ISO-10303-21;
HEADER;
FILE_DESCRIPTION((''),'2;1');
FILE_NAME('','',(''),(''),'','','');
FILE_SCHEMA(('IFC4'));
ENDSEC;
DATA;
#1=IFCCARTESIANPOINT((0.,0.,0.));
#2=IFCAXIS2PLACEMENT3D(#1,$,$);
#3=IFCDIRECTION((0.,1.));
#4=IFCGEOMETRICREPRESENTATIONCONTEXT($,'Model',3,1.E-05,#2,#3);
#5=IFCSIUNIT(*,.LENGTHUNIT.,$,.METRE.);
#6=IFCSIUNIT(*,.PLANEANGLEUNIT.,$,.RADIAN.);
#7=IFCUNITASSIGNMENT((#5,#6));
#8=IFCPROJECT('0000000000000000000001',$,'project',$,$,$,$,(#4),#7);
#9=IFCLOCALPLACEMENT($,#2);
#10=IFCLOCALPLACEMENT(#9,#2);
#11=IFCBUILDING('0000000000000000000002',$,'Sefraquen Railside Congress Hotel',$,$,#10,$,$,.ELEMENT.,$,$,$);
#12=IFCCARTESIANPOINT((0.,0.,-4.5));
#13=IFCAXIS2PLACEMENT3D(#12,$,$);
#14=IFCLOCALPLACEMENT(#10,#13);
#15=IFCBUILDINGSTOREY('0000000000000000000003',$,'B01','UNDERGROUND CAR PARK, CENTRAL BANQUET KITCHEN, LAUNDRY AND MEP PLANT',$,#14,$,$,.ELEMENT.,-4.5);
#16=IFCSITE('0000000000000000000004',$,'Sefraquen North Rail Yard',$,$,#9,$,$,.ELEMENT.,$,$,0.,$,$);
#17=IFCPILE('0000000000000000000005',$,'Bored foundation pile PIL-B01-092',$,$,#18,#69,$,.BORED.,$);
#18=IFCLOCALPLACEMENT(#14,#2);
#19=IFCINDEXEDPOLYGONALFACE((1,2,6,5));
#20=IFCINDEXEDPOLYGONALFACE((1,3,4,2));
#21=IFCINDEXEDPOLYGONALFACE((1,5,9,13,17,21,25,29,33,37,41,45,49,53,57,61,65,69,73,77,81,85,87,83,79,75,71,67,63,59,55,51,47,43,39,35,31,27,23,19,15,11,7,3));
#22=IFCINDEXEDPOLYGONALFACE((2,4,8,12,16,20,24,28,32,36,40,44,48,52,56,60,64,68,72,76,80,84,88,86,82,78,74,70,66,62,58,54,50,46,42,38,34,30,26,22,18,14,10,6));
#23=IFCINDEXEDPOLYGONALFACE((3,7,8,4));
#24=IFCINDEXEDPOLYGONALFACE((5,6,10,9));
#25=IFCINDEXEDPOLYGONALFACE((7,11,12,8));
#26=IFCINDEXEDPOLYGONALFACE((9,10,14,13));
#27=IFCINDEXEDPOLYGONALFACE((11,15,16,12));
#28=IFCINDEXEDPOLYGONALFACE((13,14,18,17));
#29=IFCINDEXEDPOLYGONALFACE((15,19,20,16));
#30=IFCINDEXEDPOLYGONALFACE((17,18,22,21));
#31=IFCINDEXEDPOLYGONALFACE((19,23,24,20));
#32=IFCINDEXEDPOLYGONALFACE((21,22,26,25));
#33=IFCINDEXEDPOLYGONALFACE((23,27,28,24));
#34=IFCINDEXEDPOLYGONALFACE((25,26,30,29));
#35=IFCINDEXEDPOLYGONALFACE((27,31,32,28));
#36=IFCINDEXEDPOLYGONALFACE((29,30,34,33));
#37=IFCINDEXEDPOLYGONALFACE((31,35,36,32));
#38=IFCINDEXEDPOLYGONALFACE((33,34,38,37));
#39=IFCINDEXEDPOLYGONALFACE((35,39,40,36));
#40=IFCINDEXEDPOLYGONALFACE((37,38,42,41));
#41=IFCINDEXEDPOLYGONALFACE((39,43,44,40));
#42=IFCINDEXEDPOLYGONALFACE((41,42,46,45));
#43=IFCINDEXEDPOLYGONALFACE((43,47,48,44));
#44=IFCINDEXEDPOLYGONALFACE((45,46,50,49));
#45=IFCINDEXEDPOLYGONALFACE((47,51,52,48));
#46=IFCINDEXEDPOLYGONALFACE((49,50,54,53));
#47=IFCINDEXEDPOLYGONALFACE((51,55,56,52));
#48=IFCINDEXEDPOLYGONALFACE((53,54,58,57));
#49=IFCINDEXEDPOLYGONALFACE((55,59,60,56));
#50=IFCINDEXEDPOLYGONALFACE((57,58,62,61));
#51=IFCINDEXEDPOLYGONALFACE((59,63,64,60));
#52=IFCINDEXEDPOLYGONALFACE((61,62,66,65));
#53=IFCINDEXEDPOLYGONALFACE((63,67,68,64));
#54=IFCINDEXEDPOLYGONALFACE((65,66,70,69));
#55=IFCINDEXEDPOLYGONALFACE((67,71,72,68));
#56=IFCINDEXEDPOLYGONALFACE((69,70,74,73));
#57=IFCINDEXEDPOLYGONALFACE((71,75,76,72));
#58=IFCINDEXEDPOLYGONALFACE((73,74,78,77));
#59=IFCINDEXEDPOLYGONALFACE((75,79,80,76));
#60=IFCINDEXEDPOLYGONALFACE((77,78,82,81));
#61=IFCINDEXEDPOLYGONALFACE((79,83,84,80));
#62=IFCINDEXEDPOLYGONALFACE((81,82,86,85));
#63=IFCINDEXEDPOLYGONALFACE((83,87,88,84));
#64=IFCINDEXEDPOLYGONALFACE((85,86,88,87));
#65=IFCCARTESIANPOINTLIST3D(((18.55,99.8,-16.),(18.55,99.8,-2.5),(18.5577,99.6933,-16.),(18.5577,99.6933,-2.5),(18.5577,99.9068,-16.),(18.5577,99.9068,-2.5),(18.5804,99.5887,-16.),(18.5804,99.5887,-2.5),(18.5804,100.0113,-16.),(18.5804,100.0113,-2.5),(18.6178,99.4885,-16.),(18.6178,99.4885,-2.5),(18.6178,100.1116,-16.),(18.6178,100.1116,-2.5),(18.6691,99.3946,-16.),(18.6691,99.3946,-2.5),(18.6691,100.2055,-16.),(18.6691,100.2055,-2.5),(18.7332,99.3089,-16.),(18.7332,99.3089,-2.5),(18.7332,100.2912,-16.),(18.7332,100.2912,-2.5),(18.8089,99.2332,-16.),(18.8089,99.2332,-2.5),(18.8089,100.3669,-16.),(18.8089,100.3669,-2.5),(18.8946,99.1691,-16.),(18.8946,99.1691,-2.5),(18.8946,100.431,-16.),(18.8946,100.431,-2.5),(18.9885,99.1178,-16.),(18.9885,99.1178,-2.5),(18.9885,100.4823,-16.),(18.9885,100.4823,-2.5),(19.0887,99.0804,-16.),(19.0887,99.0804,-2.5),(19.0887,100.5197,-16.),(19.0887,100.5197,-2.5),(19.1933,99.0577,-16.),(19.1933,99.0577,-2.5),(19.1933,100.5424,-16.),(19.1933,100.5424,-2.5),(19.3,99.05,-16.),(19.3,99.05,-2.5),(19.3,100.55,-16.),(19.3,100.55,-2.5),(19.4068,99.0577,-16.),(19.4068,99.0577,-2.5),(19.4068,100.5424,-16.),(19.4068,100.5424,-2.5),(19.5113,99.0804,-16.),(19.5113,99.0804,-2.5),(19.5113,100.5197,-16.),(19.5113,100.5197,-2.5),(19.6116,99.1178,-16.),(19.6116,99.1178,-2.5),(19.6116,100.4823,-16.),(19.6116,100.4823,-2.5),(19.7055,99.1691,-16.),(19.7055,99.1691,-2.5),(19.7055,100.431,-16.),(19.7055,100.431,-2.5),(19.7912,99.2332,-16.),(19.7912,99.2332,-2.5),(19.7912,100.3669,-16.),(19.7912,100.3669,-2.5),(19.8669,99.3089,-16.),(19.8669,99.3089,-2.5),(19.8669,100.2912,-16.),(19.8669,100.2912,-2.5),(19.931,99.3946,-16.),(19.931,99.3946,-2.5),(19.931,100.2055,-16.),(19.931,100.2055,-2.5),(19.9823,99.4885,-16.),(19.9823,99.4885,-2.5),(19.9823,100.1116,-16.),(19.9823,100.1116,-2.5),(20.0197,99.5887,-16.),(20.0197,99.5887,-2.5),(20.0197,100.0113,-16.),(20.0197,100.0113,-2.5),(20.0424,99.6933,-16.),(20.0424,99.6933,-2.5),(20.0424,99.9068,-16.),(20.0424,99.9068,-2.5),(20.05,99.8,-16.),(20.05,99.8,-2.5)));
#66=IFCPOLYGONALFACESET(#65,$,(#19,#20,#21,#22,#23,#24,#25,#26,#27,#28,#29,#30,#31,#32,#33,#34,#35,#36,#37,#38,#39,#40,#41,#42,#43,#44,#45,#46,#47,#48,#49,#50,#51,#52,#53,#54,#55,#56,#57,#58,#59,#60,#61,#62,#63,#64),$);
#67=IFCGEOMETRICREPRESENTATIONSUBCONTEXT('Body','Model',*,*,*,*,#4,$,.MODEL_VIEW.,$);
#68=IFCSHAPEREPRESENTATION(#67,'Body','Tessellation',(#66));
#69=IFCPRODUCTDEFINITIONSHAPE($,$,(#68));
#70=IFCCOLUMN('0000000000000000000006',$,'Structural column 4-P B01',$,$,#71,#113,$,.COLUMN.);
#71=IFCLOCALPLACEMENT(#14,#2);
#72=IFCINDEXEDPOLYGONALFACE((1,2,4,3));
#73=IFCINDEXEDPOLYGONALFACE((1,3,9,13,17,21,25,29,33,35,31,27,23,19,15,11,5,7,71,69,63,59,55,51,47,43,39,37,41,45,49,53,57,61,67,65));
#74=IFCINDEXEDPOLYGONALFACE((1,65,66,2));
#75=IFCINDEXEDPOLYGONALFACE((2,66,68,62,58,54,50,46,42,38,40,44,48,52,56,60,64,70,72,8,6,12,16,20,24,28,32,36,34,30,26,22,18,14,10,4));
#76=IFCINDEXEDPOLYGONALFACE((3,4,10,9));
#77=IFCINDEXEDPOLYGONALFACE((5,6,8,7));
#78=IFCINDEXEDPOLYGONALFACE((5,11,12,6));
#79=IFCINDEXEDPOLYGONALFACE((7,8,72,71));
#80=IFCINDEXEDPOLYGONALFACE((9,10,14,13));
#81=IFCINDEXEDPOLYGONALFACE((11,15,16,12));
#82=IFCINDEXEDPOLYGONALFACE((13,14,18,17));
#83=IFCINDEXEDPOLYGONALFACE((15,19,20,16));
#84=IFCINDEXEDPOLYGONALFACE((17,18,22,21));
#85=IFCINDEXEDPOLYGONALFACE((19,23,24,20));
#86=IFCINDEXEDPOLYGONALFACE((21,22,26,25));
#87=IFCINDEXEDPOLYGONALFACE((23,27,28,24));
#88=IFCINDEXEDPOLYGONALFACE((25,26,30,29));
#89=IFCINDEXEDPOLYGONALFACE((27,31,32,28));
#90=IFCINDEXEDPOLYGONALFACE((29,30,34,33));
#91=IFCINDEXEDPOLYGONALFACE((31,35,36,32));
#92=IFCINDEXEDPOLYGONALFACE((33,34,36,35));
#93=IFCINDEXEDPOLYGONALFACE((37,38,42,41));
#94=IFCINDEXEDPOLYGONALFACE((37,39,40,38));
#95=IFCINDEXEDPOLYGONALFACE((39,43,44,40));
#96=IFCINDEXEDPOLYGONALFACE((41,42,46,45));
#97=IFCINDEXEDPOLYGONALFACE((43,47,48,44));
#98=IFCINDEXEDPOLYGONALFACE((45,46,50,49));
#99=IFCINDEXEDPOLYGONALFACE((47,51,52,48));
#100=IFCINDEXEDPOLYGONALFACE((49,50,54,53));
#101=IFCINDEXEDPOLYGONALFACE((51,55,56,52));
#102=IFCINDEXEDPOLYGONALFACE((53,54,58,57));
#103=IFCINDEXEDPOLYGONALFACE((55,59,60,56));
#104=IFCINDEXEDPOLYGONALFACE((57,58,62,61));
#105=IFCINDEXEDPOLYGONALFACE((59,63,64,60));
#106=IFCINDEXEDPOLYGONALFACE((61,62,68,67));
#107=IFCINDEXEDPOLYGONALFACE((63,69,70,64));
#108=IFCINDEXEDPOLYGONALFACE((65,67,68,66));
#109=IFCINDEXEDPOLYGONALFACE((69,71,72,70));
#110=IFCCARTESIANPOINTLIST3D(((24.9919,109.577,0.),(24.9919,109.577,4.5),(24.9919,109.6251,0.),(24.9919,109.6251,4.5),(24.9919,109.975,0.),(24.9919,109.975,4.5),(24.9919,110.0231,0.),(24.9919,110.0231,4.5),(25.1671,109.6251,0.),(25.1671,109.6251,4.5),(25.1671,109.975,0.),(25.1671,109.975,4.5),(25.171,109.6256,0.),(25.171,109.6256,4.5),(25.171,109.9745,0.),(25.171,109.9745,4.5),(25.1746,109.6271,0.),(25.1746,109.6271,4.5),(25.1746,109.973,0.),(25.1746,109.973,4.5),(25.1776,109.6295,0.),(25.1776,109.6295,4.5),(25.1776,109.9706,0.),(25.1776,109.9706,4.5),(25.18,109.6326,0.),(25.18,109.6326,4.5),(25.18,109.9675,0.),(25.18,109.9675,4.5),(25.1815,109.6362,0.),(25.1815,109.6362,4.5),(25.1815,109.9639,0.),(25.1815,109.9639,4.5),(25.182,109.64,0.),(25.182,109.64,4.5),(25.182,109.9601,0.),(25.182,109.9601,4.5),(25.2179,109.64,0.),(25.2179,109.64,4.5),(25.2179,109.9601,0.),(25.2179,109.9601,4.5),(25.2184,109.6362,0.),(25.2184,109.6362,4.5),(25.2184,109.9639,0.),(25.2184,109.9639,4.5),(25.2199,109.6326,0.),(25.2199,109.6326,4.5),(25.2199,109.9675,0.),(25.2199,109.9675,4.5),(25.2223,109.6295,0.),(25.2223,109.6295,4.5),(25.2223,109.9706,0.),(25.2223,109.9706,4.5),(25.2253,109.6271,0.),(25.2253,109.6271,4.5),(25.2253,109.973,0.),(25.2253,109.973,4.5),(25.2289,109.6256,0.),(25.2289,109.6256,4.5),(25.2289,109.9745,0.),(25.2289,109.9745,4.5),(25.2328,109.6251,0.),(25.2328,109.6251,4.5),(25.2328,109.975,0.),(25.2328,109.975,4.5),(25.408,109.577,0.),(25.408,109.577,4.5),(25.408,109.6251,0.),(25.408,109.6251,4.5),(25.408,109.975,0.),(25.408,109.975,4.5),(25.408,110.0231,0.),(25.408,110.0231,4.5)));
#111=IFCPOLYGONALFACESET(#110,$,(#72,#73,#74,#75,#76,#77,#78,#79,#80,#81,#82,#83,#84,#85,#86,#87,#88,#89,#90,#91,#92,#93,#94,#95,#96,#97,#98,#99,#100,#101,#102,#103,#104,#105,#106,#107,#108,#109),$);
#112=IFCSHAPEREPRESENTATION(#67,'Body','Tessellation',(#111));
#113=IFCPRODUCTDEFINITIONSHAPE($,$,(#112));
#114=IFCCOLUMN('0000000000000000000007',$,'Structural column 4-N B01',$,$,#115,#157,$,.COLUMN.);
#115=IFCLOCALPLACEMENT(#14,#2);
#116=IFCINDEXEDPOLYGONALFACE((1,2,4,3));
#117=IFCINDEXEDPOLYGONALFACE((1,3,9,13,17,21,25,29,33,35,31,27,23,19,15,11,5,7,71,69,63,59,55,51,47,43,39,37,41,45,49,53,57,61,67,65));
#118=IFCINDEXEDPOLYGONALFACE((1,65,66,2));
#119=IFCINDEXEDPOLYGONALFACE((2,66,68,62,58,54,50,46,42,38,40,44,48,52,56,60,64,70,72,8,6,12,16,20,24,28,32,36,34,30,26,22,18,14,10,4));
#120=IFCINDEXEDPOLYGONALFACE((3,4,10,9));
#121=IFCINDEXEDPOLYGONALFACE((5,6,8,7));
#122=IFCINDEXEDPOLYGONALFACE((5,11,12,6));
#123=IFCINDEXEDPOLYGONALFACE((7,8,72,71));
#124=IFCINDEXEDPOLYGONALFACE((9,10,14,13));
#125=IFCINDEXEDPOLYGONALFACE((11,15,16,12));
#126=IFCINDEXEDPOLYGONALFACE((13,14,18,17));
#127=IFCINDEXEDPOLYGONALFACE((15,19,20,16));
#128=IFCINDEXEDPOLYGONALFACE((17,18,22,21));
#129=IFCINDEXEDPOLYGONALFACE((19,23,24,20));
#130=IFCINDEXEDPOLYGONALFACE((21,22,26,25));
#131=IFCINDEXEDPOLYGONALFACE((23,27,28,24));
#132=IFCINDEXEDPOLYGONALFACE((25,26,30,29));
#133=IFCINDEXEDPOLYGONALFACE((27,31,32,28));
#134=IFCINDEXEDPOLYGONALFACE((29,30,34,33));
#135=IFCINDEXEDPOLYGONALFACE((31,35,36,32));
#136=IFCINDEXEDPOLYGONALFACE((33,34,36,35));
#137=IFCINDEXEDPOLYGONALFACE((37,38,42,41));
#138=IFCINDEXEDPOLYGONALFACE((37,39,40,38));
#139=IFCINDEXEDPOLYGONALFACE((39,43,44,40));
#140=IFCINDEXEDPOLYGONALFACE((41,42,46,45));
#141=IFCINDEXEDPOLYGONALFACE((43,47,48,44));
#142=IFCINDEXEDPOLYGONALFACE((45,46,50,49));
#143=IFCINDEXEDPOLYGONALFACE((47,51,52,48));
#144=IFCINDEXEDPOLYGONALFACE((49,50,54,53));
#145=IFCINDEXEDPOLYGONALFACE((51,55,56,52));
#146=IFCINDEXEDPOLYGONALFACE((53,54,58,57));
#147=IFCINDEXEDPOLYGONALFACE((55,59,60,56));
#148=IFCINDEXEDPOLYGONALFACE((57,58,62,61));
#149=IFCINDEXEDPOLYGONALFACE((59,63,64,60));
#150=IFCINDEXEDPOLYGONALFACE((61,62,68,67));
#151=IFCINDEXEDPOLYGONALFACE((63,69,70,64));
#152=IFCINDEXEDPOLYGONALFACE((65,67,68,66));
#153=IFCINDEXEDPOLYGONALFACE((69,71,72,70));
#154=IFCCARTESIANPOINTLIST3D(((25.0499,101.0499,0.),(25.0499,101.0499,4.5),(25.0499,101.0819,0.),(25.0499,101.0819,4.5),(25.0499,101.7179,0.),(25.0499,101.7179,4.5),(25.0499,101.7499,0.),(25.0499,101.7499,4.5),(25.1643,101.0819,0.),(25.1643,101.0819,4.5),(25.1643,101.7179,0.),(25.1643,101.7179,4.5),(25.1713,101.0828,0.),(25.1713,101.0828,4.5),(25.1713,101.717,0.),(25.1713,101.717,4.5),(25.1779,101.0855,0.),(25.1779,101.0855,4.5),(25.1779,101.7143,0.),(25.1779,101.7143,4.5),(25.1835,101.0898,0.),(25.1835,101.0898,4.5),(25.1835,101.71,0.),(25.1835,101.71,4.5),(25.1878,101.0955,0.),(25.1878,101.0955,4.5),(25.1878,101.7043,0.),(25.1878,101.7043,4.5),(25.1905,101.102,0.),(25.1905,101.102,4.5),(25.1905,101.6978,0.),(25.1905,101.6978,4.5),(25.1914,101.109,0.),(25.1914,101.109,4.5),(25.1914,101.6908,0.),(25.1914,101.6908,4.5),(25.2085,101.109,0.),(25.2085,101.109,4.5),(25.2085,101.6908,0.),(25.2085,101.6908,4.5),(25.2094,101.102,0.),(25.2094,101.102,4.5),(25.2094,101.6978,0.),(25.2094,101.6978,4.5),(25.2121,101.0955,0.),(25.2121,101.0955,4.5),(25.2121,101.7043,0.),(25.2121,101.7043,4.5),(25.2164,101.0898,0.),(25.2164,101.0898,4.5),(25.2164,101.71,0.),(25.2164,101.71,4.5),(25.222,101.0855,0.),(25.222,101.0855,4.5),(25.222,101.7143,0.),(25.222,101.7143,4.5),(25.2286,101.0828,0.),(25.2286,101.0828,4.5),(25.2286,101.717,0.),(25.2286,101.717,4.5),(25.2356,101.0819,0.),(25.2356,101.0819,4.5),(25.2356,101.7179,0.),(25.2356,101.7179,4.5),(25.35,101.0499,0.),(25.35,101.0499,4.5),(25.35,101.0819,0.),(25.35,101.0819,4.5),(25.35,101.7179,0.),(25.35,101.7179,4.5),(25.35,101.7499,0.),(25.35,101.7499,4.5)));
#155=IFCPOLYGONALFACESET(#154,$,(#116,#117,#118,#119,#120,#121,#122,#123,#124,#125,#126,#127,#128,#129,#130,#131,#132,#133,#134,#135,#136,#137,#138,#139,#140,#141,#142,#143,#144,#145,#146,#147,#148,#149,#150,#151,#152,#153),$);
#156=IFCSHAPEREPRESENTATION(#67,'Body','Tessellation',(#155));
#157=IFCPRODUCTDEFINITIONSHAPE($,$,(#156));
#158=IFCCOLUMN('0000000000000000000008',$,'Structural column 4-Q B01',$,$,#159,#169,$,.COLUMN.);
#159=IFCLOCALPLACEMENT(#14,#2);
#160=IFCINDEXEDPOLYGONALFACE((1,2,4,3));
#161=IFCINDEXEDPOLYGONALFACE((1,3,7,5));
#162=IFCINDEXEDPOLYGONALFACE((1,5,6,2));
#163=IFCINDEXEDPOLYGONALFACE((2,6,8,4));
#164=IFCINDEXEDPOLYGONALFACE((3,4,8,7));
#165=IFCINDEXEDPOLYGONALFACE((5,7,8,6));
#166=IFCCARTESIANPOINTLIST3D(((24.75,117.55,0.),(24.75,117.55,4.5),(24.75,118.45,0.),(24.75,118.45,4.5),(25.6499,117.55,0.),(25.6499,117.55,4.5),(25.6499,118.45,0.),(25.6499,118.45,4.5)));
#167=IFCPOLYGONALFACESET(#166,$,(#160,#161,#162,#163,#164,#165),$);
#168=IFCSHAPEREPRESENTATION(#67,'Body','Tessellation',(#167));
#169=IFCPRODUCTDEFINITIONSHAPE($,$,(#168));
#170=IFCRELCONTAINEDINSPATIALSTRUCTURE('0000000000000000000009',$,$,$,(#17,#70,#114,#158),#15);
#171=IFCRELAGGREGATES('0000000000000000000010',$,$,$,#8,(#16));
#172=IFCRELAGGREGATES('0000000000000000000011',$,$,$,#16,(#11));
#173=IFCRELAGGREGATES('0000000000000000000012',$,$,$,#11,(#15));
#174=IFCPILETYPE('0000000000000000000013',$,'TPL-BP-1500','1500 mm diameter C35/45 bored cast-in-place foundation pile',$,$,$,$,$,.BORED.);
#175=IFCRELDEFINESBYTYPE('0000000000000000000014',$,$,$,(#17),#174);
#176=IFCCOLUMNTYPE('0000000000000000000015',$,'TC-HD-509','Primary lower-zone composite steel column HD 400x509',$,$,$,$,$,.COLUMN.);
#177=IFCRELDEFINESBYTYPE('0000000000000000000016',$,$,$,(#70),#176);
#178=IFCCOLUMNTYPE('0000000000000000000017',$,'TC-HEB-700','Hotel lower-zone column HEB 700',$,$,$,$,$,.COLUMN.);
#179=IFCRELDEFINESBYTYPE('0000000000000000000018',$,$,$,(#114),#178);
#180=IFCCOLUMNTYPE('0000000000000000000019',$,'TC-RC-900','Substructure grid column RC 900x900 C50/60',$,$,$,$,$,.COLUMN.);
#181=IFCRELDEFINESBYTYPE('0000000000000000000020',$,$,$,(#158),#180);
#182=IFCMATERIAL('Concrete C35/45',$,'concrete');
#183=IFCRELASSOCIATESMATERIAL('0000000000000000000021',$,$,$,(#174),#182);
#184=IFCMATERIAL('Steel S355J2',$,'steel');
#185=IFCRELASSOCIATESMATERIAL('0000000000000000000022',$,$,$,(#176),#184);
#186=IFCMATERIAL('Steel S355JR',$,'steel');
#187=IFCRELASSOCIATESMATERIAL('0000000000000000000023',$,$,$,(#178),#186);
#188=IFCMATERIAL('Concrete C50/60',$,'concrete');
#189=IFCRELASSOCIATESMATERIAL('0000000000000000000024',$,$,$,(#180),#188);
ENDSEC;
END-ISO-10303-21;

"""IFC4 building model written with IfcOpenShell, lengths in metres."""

from ifc_helpers import new_model, si_unit, direction, frame, origin, origin_2d, place, context, subcontext, project, spatial, rectangle, circle, i_section, extrude, material, material_profile, profile_set, type_object, element, save


model = new_model("IFC4")

# Units and contexts
model_context = context("Model", 3, precision=1e-05, world=origin(), true_north=direction((0.0, 1.0)))
body_context = subcontext(model_context, "Body", "Model", "MODEL_VIEW")
ifc_project = project(units=[si_unit("LENGTHUNIT", "METRE"), si_unit("PLANEANGLEUNIT", "RADIAN")], contexts=[model_context])

# Site, building, storey
site_placement = place(None, origin())
site = spatial("IfcSite", under=ifc_project, at=site_placement, Name="Sefraquen North Rail Yard", CompositionType="ELEMENT", RefElevation=0.0)
building_placement = place(site_placement, origin())
building = spatial("IfcBuilding", under=site, at=building_placement, Name="Sefraquen Railside Congress Hotel", CompositionType="ELEMENT")
storey_placement = place(building_placement, frame((0.0, 0.0, -4.5)))
storey = spatial("IfcBuildingStorey", under=building, at=storey_placement, Name="B01", Description="UNDERGROUND CAR PARK, CENTRAL BANQUET KITCHEN, LAUNDRY AND MEP PLANT", CompositionType="ELEMENT", Elevation=-4.5)

# Pile
ifc_material_1 = material(Name="Concrete C35/45", Category="concrete")
ifc_material_profile_1 = material_profile(ifc_material_1, circle(Radius=0.75, at=origin_2d()), Name="BORED PILE 1500")
ifc_profile_set_1 = profile_set([ifc_material_profile_1], Name="Concrete C35/45")
pile_type_1 = type_object("IfcPileType", Name="TPL-BP-1500", Description="1500 mm diameter C35/45 bored cast-in-place foundation pile", PredefinedType="BORED", material=ifc_profile_set_1)
pile_1_placement = place(storey_placement, frame((19.3, 99.8, -2.5), z_axis=(0.0, 0.0, -1.0), x_axis=(1.0, 0.0, 0.0)))
element("IfcPile", 1, at=pile_1_placement, inside=storey, type_object=pile_type_1, Name="Bored foundation pile PIL-B01-092", PredefinedType="BORED", context=body_context, shape_type="SweptSolid", body=[
    extrude(circle(Radius=0.75, at=origin_2d()), origin(), (0.0, 0.0, 1.0), 13.5),
])

# Columns
ifc_material_2 = material(Name="Steel S355J2", Category="steel")
ifc_material_profile_2 = material_profile(ifc_material_2, i_section(OverallWidth=0.416, OverallDepth=0.446, WebThickness=0.0359, FlangeThickness=0.0481, FilletRadius=0.0149, at=origin_2d()), Name="HD 400x509")
ifc_profile_set_2 = profile_set([ifc_material_profile_2], Name="Steel S355J2")
column_type_1 = type_object("IfcColumnType", Name="TC-HD-509", Description="Primary lower-zone composite steel column HD 400x509", PredefinedType="COLUMN", material=ifc_profile_set_2)
column_1_placement = place(storey_placement, frame((25.2, 109.8, 0.0), z_axis=(0.0, 0.0, 1.0), x_axis=(1.0, 0.0, 0.0)))
element("IfcColumn", 2, at=column_1_placement, inside=storey, type_object=column_type_1, Name="Structural column 4-P B01", PredefinedType="COLUMN", context=body_context, shape_type="SweptSolid", body=[
    extrude(i_section(OverallWidth=0.416, OverallDepth=0.446, WebThickness=0.0359, FlangeThickness=0.0481, FilletRadius=0.0149, at=origin_2d()), origin(), (0.0, 0.0, 1.0), 4.5),
])
ifc_material_3 = material(Name="Steel S355JR", Category="steel")
ifc_material_profile_3 = material_profile(ifc_material_3, i_section(OverallWidth=0.3, OverallDepth=0.7, WebThickness=0.0171, FlangeThickness=0.032, FilletRadius=0.0271, at=origin_2d()), Name="HEB 700")
ifc_profile_set_3 = profile_set([ifc_material_profile_3], Name="Steel S355JR")
column_type_2 = type_object("IfcColumnType", Name="TC-HEB-700", Description="Hotel lower-zone column HEB 700", PredefinedType="COLUMN", material=ifc_profile_set_3)
column_2_placement = place(storey_placement, frame((25.2, 101.3999, 0.0), z_axis=(0.0, 0.0, 1.0), x_axis=(1.0, 0.0, 0.0)))
element("IfcColumn", 3, at=column_2_placement, inside=storey, type_object=column_type_2, Name="Structural column 4-N B01", PredefinedType="COLUMN", context=body_context, shape_type="SweptSolid", body=[
    extrude(i_section(OverallWidth=0.3, OverallDepth=0.7, WebThickness=0.0171, FlangeThickness=0.032, FilletRadius=0.0271, at=origin_2d()), origin(), (0.0, 0.0, 1.0), 4.5),
])
ifc_material_4 = material(Name="Concrete C50/60", Category="concrete")
ifc_material_profile_4 = material_profile(ifc_material_4, rectangle(XDim=0.8999, YDim=0.8999, at=origin_2d()), Name="RC 900x900")
ifc_profile_set_4 = profile_set([ifc_material_profile_4], Name="Concrete C50/60")
column_type_3 = type_object("IfcColumnType", Name="TC-RC-900", Description="Substructure grid column RC 900x900 C50/60", PredefinedType="COLUMN", material=ifc_profile_set_4)
column_3_placement = place(storey_placement, frame((25.2, 118.0, 0.0), z_axis=(0.0, 0.0, 1.0), x_axis=(1.0, 0.0, 0.0)))
element("IfcColumn", 4, at=column_3_placement, inside=storey, type_object=column_type_3, Name="Structural column 4-Q B01", PredefinedType="COLUMN", context=body_context, shape_type="SweptSolid", body=[
    extrude(rectangle(XDim=0.8999, YDim=0.8999, at=origin_2d()), origin(), (0.0, 0.0, 1.0), 4.5),
])

save(model, "model.ifc")
